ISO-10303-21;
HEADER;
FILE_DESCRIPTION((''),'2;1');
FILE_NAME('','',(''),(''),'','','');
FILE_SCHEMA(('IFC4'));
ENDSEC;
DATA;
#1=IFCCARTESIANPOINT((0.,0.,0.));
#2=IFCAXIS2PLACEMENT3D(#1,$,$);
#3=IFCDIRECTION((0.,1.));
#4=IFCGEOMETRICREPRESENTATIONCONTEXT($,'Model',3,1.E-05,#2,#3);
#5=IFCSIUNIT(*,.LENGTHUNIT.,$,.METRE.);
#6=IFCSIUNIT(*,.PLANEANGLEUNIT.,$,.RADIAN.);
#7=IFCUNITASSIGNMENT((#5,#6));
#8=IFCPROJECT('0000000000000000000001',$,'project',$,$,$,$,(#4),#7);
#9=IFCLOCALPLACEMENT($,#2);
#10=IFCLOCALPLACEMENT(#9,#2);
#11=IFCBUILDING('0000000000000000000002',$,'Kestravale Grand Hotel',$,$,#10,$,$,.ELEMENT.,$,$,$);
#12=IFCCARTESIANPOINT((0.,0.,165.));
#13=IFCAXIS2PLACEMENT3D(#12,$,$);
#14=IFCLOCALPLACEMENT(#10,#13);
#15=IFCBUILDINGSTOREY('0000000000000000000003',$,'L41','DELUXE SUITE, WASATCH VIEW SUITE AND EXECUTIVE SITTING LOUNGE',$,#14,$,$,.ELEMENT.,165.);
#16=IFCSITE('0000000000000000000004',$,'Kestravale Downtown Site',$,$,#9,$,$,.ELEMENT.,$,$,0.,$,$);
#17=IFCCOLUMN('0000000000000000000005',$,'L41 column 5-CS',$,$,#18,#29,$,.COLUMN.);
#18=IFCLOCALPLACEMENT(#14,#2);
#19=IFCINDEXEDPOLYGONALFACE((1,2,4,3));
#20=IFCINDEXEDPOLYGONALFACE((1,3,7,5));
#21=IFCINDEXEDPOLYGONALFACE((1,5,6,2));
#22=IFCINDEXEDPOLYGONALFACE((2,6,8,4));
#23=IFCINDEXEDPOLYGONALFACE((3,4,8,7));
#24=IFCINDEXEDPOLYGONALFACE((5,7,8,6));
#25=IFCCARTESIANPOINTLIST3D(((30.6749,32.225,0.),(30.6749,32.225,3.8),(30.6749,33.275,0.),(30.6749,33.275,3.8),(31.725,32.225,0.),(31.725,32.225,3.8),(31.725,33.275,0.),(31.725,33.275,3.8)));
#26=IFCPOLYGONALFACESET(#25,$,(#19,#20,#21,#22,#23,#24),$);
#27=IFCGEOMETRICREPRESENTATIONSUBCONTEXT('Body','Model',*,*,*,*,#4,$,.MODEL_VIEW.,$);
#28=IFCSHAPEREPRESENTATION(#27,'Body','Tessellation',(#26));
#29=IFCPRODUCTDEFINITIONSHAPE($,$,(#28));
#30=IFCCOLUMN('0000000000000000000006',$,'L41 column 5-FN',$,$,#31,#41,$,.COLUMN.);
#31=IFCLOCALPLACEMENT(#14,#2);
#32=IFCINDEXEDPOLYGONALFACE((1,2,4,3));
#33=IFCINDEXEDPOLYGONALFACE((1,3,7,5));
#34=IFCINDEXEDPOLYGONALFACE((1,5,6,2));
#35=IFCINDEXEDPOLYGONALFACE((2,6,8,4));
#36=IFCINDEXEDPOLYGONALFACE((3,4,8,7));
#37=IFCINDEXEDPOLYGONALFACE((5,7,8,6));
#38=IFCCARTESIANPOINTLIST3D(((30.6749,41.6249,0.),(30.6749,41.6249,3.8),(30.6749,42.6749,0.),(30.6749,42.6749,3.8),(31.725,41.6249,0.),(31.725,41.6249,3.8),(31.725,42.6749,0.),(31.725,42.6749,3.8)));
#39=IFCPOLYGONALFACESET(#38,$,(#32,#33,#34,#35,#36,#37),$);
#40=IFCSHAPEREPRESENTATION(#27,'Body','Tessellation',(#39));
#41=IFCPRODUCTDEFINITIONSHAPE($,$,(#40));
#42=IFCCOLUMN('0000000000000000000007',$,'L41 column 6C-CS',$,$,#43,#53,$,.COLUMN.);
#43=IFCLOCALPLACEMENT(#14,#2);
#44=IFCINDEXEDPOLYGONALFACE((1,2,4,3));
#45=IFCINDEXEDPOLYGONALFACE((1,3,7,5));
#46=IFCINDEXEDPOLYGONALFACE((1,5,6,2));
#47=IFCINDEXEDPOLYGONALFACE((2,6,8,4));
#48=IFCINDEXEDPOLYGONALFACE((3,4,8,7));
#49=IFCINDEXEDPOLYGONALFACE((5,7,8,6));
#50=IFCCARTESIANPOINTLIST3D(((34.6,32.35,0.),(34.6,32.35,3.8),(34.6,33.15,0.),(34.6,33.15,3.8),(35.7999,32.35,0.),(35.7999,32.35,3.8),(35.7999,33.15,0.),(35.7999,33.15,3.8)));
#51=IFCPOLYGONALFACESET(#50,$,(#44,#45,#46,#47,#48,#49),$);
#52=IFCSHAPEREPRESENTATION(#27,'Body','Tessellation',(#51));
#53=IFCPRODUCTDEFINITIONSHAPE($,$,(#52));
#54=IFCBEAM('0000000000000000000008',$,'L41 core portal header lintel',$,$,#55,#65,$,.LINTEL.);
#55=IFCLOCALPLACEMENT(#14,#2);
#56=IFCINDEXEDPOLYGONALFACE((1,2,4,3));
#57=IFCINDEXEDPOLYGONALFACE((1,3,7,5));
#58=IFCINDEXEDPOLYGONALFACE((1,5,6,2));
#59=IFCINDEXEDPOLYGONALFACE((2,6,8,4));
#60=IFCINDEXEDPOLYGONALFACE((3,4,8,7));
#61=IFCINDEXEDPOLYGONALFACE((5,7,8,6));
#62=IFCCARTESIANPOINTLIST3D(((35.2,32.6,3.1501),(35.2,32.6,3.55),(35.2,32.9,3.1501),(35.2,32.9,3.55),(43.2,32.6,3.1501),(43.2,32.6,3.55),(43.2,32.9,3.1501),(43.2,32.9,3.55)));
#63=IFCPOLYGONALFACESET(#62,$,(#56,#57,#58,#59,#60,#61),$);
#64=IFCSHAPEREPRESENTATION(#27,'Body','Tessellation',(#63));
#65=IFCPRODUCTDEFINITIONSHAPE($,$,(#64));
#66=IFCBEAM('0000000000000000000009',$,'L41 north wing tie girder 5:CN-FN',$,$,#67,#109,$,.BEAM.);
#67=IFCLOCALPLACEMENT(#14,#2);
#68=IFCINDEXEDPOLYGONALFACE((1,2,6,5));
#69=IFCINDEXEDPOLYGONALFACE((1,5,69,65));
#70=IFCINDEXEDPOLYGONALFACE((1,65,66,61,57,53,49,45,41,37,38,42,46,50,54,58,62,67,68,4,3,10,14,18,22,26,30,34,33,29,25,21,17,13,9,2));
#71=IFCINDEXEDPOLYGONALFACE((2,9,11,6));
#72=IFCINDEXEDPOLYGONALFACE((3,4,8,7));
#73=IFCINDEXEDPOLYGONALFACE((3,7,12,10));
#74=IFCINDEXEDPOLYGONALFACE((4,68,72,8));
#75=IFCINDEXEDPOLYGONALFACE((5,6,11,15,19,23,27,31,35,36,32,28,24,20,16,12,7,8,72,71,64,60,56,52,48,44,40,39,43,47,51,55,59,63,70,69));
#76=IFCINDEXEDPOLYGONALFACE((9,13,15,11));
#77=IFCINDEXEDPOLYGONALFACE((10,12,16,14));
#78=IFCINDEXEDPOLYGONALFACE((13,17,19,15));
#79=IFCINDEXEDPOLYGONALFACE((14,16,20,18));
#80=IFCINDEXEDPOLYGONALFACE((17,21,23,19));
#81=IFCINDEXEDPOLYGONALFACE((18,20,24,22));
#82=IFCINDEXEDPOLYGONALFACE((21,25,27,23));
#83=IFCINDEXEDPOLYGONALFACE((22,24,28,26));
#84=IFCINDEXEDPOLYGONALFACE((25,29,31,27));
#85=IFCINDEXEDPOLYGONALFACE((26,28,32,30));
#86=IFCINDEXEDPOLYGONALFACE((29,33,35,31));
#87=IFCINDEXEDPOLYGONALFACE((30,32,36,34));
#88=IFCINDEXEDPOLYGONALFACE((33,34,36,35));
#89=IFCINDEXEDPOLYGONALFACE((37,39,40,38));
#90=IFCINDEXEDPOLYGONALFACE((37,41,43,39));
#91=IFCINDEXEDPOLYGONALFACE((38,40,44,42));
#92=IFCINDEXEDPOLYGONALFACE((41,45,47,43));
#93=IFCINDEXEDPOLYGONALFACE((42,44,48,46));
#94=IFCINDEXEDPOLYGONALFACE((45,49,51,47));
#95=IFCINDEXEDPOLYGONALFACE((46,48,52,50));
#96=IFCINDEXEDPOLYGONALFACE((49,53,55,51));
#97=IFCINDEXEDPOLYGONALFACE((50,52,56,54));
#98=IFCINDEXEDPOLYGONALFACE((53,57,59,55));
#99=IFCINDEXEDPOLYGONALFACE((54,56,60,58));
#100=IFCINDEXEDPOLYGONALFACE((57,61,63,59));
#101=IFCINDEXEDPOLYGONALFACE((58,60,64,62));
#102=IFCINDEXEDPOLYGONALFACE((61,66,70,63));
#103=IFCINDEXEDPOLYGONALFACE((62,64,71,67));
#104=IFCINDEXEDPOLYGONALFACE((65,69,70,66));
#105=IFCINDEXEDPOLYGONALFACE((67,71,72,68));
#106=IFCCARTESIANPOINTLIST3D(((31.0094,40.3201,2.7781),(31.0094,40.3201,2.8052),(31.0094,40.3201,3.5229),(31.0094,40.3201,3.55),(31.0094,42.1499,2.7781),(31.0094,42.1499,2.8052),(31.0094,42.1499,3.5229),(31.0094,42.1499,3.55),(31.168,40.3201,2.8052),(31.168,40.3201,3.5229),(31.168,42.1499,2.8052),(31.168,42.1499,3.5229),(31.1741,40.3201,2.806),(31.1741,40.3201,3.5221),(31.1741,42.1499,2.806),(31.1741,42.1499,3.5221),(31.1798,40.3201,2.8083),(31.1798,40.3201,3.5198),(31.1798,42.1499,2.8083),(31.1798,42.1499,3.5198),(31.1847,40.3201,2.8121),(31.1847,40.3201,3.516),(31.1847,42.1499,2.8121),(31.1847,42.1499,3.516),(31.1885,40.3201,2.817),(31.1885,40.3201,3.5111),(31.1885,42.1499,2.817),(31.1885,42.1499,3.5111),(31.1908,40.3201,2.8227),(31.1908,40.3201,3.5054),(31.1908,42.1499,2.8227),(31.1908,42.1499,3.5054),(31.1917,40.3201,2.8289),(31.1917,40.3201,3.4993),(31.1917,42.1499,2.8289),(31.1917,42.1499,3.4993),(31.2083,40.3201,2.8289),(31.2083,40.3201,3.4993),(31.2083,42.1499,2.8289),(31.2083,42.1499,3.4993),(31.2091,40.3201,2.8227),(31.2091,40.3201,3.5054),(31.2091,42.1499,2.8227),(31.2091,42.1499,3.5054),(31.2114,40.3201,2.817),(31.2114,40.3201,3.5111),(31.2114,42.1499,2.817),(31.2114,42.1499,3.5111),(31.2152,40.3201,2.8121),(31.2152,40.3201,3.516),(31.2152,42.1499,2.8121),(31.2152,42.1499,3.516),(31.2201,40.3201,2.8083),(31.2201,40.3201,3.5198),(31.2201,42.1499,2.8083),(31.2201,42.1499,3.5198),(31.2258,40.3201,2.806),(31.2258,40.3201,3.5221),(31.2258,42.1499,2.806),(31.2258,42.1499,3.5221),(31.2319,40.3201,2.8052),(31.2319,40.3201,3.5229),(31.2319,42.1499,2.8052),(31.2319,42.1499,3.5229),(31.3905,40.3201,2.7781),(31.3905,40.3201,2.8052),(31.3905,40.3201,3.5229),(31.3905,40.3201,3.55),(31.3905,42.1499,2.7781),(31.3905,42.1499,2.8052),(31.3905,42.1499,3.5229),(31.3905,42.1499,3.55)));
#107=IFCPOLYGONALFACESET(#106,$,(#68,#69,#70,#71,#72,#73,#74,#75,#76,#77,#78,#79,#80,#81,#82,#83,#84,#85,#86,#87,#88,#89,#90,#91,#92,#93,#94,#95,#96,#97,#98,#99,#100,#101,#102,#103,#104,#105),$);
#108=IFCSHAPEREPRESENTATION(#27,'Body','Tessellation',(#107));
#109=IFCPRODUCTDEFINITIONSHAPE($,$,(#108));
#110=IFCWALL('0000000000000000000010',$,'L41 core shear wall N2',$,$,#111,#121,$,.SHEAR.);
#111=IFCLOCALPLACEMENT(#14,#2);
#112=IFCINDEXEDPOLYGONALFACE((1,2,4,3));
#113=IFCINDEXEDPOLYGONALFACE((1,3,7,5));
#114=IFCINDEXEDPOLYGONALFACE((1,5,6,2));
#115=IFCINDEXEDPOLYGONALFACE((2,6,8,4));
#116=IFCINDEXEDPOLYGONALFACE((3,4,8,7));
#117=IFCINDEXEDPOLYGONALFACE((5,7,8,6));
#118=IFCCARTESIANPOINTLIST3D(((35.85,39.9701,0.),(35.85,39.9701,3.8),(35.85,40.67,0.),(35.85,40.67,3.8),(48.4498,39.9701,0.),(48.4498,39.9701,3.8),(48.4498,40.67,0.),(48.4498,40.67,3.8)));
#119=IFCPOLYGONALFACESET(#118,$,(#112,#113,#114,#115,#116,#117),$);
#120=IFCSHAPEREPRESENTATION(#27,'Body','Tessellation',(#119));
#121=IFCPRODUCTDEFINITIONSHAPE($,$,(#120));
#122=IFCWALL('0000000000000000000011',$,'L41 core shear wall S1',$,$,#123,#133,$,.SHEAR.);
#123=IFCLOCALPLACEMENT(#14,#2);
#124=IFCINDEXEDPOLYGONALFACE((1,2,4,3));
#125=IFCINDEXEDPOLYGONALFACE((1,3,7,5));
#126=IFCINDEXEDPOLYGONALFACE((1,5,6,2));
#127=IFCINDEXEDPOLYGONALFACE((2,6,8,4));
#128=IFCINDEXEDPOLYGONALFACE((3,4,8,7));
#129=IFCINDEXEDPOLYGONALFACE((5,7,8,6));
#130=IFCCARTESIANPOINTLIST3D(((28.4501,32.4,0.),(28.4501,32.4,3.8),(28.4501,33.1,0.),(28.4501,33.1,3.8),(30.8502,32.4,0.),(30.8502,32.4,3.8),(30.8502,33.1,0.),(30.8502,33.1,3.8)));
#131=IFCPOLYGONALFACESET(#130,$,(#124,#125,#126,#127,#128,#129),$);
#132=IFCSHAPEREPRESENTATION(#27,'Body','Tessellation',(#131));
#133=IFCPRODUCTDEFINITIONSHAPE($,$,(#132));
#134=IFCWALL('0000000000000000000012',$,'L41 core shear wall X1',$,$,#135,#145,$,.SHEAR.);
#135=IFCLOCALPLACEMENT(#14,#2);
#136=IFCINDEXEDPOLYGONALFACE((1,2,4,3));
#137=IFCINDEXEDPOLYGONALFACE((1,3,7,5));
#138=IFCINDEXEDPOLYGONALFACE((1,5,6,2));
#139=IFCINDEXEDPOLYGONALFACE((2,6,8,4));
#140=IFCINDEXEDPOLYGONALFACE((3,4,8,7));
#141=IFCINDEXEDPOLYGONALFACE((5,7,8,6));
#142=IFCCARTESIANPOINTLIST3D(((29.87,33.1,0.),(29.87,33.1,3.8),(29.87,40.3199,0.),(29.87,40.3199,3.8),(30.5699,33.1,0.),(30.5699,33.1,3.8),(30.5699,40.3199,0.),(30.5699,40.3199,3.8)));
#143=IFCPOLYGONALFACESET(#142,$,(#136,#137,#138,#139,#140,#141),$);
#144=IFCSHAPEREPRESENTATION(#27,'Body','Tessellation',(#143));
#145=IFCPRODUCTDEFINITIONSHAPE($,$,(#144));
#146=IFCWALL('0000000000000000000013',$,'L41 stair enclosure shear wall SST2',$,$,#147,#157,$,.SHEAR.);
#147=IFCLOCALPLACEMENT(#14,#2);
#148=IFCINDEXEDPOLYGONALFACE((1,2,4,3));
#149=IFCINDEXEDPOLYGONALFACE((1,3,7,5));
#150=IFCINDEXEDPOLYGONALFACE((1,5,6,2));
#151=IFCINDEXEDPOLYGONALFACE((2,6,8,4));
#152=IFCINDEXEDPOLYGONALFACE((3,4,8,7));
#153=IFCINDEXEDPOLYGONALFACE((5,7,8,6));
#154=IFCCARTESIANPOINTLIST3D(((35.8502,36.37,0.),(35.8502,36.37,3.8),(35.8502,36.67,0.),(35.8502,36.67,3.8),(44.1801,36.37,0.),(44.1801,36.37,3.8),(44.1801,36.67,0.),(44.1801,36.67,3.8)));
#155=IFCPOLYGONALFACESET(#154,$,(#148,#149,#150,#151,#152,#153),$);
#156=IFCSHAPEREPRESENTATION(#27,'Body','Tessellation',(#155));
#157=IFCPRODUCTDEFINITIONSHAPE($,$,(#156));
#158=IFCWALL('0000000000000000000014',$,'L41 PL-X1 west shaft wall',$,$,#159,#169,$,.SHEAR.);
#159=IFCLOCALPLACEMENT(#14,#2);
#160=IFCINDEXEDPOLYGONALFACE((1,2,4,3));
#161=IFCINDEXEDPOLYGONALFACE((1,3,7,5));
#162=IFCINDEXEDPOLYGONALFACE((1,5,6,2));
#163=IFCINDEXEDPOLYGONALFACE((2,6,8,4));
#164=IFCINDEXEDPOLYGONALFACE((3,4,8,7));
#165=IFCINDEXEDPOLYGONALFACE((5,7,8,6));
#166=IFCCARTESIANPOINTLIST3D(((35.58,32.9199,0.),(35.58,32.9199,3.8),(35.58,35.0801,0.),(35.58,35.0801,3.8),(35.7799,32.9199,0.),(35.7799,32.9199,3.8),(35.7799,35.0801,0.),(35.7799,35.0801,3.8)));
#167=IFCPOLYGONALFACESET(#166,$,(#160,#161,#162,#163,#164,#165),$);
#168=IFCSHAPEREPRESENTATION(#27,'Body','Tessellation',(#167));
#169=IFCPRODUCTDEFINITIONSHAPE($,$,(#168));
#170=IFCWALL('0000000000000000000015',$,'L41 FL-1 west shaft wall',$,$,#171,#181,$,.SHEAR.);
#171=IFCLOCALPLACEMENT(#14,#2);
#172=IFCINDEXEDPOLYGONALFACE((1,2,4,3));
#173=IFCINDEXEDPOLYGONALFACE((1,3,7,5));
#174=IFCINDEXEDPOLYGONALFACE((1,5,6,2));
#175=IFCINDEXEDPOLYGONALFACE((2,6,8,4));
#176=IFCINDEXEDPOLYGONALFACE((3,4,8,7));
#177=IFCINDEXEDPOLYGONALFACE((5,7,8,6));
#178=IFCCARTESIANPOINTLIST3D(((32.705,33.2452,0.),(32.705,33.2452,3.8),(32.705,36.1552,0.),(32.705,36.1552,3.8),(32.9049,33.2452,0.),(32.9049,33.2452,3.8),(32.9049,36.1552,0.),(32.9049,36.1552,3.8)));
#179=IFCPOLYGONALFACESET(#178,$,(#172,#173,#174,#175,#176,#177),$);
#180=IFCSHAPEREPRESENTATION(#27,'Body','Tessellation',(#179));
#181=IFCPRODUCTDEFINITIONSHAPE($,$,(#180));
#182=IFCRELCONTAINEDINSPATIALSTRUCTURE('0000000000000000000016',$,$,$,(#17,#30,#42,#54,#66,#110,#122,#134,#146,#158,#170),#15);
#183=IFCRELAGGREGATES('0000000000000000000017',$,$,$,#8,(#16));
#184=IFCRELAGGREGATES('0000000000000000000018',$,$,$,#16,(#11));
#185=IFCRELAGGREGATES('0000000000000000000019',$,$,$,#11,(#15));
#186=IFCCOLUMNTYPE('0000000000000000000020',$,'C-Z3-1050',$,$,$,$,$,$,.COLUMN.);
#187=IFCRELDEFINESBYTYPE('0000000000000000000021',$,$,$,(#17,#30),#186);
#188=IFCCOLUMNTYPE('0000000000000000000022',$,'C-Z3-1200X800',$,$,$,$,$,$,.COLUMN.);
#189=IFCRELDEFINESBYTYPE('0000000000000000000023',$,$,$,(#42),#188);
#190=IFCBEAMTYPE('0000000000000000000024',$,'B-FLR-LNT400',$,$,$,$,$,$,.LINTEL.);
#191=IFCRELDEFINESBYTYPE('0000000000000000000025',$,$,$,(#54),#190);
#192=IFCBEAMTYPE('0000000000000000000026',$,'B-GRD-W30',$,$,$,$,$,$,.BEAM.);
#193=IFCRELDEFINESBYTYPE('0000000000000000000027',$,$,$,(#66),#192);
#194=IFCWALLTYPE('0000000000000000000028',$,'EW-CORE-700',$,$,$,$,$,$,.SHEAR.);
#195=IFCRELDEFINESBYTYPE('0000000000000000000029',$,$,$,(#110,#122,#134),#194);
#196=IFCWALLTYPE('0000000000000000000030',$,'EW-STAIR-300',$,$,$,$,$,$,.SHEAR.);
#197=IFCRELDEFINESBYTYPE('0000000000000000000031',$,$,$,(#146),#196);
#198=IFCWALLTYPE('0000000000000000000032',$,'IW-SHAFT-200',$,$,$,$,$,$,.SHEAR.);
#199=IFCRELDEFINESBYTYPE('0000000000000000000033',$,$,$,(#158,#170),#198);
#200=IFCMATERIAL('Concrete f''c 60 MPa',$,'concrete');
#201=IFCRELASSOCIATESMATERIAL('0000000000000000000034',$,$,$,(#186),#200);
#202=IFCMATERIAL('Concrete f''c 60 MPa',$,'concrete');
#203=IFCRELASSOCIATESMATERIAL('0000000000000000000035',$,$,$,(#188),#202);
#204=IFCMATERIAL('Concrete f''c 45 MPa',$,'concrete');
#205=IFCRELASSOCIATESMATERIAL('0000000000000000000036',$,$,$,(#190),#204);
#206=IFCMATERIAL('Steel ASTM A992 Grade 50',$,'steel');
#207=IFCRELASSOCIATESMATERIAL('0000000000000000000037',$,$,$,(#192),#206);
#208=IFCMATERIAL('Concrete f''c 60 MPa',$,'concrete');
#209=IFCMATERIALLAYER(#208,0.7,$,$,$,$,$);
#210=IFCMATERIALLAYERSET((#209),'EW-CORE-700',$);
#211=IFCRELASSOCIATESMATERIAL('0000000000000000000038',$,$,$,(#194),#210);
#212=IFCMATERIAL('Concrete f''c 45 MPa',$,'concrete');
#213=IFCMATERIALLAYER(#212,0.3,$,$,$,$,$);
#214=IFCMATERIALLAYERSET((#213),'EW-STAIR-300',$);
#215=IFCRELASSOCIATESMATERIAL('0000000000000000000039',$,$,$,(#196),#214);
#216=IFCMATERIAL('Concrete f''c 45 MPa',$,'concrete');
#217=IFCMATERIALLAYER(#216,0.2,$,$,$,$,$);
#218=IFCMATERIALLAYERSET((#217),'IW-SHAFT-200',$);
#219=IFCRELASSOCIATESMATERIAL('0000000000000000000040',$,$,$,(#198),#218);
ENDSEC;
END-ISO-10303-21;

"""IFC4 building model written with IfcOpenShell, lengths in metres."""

from ifc_helpers import new_model, si_unit, direction, frame, frame_2d, origin, origin_2d, place, context, subcontext, project, spatial, rectangle, i_section, extrude, material, layer, layer_set, material_profile, profile_set, type_object, element, save


model = new_model("IFC4")

# Units and contexts
model_context = context("Model", 3, precision=1e-05, world=origin(), true_north=direction((0.0, 1.0)))
body_context = subcontext(model_context, "Body", "Model", "MODEL_VIEW")
ifc_project = project(units=[si_unit("LENGTHUNIT", "METRE"), si_unit("PLANEANGLEUNIT", "RADIAN")], contexts=[model_context])

# Site, building, storey
site_placement = place(None, origin())
site = spatial("IfcSite", under=ifc_project, at=site_placement, Name="Kestravale Downtown Site", CompositionType="ELEMENT", RefElevation=0.0)
building_placement = place(site_placement, origin())
building = spatial("IfcBuilding", under=site, at=building_placement, Name="Kestravale Grand Hotel", CompositionType="ELEMENT")
storey_placement = place(building_placement, frame((0.0, 0.0, 165.0)))
storey = spatial("IfcBuildingStorey", under=building, at=storey_placement, Name="L41", Description="DELUXE SUITE, WASATCH VIEW SUITE AND EXECUTIVE SITTING LOUNGE", CompositionType="ELEMENT", Elevation=165.0)

# Columns
ifc_material_1 = material(Name="Concrete f'c 60 MPa", Category="concrete")
ifc_material_profile_1 = material_profile(ifc_material_1, rectangle(XDim=1.05, YDim=1.05, at=origin_2d()))
ifc_profile_set_1 = profile_set([ifc_material_profile_1], Name="Concrete f'c 60 MPa")
column_type_1 = type_object("IfcColumnType", Name="C-Z3-1050", PredefinedType="COLUMN", material=ifc_profile_set_1)
for number, where, z_axis, x_axis, name in (
    (1, (31.2, 32.75, 0.0), (0.0, 0.0, 1.0), (1.0, 0.0, 0.0), "L41 column 5-CS"),
    (2, (31.2, 42.1499, 0.0), (0.0, 0.0, 1.0), (1.0, 0.0, 0.0), "L41 column 5-FN"),
):
    element("IfcColumn", number, at=place(storey_placement, frame(where, z_axis=z_axis, x_axis=x_axis)), inside=storey, type_object=column_type_1, Name=name, PredefinedType="COLUMN", context=body_context, shape_type="SweptSolid", body=[
        extrude(rectangle(XDim=1.05, YDim=1.05, at=origin_2d()), origin(), (0.0, 0.0, 1.0), 3.8),
    ])
ifc_material_2 = material(Name="Concrete f'c 60 MPa", Category="concrete")
ifc_material_profile_2 = material_profile(ifc_material_2, rectangle(XDim=1.2, YDim=0.8, at=origin_2d()))
ifc_profile_set_2 = profile_set([ifc_material_profile_2], Name="Concrete f'c 60 MPa")
column_type_2 = type_object("IfcColumnType", Name="C-Z3-1200X800", PredefinedType="COLUMN", material=ifc_profile_set_2)
column_placement = place(storey_placement, frame((35.2, 32.75, 0.0), z_axis=(0.0, 0.0, 1.0), x_axis=(1.0, 0.0, 0.0)))
element("IfcColumn", 3, at=column_placement, inside=storey, type_object=column_type_2, Name="L41 column 6C-CS", PredefinedType="COLUMN", context=body_context, shape_type="SweptSolid", body=[
    extrude(rectangle(XDim=1.2, YDim=0.8, at=origin_2d()), origin(), (0.0, 0.0, 1.0), 3.8),
])

# Beams
ifc_material_3 = material(Name="Concrete f'c 45 MPa", Category="concrete")
ifc_material_profile_3 = material_profile(ifc_material_3, rectangle(XDim=0.3, YDim=0.3999, at=origin_2d()))
ifc_profile_set_3 = profile_set([ifc_material_profile_3], Name="Concrete f'c 45 MPa")
beam_type_1 = type_object("IfcBeamType", Name="B-FLR-LNT400", PredefinedType="LINTEL", material=ifc_profile_set_3)
beam_1_placement = place(storey_placement, frame((35.2, 32.75, 3.3501), z_axis=(1.0, 0.0, 0.0), x_axis=(0.0, 1.0, 0.0)))
element("IfcBeam", 4, at=beam_1_placement, inside=storey, type_object=beam_type_1, Name="L41 core portal header lintel", PredefinedType="LINTEL", context=body_context, shape_type="SweptSolid", body=[
    extrude(rectangle(XDim=0.3, YDim=0.3999, at=origin_2d()), origin(), (0.0, 0.0, 1.0), 8.0),
])
ifc_material_4 = material(Name="Steel ASTM A992 Grade 50", Category="steel")
ifc_material_profile_4 = material_profile(ifc_material_4, i_section(OverallWidth=0.3811, OverallDepth=0.772, WebThickness=0.0166, FlangeThickness=0.0271, FilletRadius=0.0237, at=origin_2d()))
ifc_profile_set_4 = profile_set([ifc_material_profile_4], Name="Steel ASTM A992 Grade 50")
beam_type_2 = type_object("IfcBeamType", Name="B-GRD-W30", PredefinedType="BEAM", material=ifc_profile_set_4)
beam_2_placement = place(storey_placement, frame((31.2, 40.3201, 3.1641), z_axis=(0.0, 1.0, 0.0), x_axis=(-1.0, 0.0, 0.0)))
element("IfcBeam", 5, at=beam_2_placement, inside=storey, type_object=beam_type_2, Name="L41 north wing tie girder 5:CN-FN", PredefinedType="BEAM", context=body_context, shape_type="SweptSolid", body=[
    extrude(i_section(OverallWidth=0.3811, OverallDepth=0.772, WebThickness=0.0166, FlangeThickness=0.0271, FilletRadius=0.0237, at=origin_2d()), origin(), (0.0, 0.0, 1.0), 1.8298),
])

# Walls
ifc_material_5 = material(Name="Concrete f'c 60 MPa", Category="concrete")
ifc_layer_1 = layer(ifc_material_5, 0.7)
ifc_layer_set_1 = layer_set([ifc_layer_1], Name="EW-CORE-700")
wall_type_1 = type_object("IfcWallType", Name="EW-CORE-700", PredefinedType="SHEAR", material=ifc_layer_set_1)
wall_1_placement = place(storey_placement, frame((35.8501, 40.3201, 0.0), z_axis=(0.0, 0.0, 1.0), x_axis=(1.0, 0.0, 0.0)))
element("IfcWall", 6, at=wall_1_placement, inside=storey, type_object=wall_type_1, Name="L41 core shear wall N2", PredefinedType="SHEAR", context=body_context, shape_type="SweptSolid", body=[
    extrude(rectangle(XDim=12.5999, YDim=0.7, at=frame_2d((6.2998, 0.0))), origin(), (0.0, 0.0, 1.0), 3.8),
])
wall_2_placement = place(storey_placement, frame((28.45, 32.75, 0.0), z_axis=(0.0, 0.0, 1.0), x_axis=(1.0, 0.0, 0.0)))
element("IfcWall", 7, at=wall_2_placement, inside=storey, type_object=wall_type_1, Name="L41 core shear wall S1", PredefinedType="SHEAR", context=body_context, shape_type="SweptSolid", body=[
    extrude(rectangle(XDim=2.4001, YDim=0.7, at=frame_2d((1.2002, 0.0))), origin(), (0.0, 0.0, 1.0), 3.8),
])
wall_3_placement = place(storey_placement, frame((30.22, 33.1001, 0.0), z_axis=(0.0, 0.0, 1.0), x_axis=(0.0, 1.0, 0.0)))
element("IfcWall", 8, at=wall_3_placement, inside=storey, type_object=wall_type_1, Name="L41 core shear wall X1", PredefinedType="SHEAR", context=body_context, shape_type="SweptSolid", body=[
    extrude(rectangle(XDim=7.22, YDim=0.7, at=frame_2d((3.6099, 0.0))), origin(), (0.0, 0.0, 1.0), 3.8),
])

# Wall
ifc_material_6 = material(Name="Concrete f'c 45 MPa", Category="concrete")
ifc_layer_2 = layer(ifc_material_6, 0.3)
ifc_layer_set_2 = layer_set([ifc_layer_2], Name="EW-STAIR-300")
wall_type_2 = type_object("IfcWallType", Name="EW-STAIR-300", PredefinedType="SHEAR", material=ifc_layer_set_2)
wall_4_placement = place(storey_placement, frame((35.8501, 36.52, 0.0), z_axis=(0.0, 0.0, 1.0), x_axis=(1.0, 0.0, 0.0)))
element("IfcWall", 9, at=wall_4_placement, inside=storey, type_object=wall_type_2, Name="L41 stair enclosure shear wall SST2", PredefinedType="SHEAR", context=body_context, shape_type="SweptSolid", body=[
    extrude(rectangle(XDim=8.3298, YDim=0.3, at=frame_2d((4.165, 0.0))), origin(), (0.0, 0.0, 1.0), 3.8),
])

# Walls
ifc_material_7 = material(Name="Concrete f'c 45 MPa", Category="concrete")
ifc_layer_3 = layer(ifc_material_7, 0.2)
ifc_layer_set_3 = layer_set([ifc_layer_3], Name="IW-SHAFT-200")
wall_type_3 = type_object("IfcWallType", Name="IW-SHAFT-200", PredefinedType="SHEAR", material=ifc_layer_set_3)
wall_5_placement = place(storey_placement, frame((35.6799, 32.9199, 0.0), z_axis=(0.0, 0.0, 1.0), x_axis=(0.0, 1.0, 0.0)))
element("IfcWall", 10, at=wall_5_placement, inside=storey, type_object=wall_type_3, Name="L41 PL-X1 west shaft wall", PredefinedType="SHEAR", context=body_context, shape_type="SweptSolid", body=[
    extrude(rectangle(XDim=2.1602, YDim=0.2, at=frame_2d((1.0801, 0.0))), origin(), (0.0, 0.0, 1.0), 3.8),
])
for number, where, z_axis, x_axis, name in (
    (11, (32.8049, 33.2451, 0.0), (0.0, 0.0, 1.0), (0.0, 1.0, 0.0), "L41 FL-1 west shaft wall"),
):
    element("IfcWall", number, at=place(storey_placement, frame(where, z_axis=z_axis, x_axis=x_axis)), inside=storey, type_object=wall_type_3, Name=name, PredefinedType="SHEAR", context=body_context, shape_type="SweptSolid", body=[
        extrude(rectangle(XDim=2.9099, YDim=0.2, at=frame_2d((1.4551, 0.0))), origin(), (0.0, 0.0, 1.0), 3.8),
    ])

save(model, "model.ifc")
